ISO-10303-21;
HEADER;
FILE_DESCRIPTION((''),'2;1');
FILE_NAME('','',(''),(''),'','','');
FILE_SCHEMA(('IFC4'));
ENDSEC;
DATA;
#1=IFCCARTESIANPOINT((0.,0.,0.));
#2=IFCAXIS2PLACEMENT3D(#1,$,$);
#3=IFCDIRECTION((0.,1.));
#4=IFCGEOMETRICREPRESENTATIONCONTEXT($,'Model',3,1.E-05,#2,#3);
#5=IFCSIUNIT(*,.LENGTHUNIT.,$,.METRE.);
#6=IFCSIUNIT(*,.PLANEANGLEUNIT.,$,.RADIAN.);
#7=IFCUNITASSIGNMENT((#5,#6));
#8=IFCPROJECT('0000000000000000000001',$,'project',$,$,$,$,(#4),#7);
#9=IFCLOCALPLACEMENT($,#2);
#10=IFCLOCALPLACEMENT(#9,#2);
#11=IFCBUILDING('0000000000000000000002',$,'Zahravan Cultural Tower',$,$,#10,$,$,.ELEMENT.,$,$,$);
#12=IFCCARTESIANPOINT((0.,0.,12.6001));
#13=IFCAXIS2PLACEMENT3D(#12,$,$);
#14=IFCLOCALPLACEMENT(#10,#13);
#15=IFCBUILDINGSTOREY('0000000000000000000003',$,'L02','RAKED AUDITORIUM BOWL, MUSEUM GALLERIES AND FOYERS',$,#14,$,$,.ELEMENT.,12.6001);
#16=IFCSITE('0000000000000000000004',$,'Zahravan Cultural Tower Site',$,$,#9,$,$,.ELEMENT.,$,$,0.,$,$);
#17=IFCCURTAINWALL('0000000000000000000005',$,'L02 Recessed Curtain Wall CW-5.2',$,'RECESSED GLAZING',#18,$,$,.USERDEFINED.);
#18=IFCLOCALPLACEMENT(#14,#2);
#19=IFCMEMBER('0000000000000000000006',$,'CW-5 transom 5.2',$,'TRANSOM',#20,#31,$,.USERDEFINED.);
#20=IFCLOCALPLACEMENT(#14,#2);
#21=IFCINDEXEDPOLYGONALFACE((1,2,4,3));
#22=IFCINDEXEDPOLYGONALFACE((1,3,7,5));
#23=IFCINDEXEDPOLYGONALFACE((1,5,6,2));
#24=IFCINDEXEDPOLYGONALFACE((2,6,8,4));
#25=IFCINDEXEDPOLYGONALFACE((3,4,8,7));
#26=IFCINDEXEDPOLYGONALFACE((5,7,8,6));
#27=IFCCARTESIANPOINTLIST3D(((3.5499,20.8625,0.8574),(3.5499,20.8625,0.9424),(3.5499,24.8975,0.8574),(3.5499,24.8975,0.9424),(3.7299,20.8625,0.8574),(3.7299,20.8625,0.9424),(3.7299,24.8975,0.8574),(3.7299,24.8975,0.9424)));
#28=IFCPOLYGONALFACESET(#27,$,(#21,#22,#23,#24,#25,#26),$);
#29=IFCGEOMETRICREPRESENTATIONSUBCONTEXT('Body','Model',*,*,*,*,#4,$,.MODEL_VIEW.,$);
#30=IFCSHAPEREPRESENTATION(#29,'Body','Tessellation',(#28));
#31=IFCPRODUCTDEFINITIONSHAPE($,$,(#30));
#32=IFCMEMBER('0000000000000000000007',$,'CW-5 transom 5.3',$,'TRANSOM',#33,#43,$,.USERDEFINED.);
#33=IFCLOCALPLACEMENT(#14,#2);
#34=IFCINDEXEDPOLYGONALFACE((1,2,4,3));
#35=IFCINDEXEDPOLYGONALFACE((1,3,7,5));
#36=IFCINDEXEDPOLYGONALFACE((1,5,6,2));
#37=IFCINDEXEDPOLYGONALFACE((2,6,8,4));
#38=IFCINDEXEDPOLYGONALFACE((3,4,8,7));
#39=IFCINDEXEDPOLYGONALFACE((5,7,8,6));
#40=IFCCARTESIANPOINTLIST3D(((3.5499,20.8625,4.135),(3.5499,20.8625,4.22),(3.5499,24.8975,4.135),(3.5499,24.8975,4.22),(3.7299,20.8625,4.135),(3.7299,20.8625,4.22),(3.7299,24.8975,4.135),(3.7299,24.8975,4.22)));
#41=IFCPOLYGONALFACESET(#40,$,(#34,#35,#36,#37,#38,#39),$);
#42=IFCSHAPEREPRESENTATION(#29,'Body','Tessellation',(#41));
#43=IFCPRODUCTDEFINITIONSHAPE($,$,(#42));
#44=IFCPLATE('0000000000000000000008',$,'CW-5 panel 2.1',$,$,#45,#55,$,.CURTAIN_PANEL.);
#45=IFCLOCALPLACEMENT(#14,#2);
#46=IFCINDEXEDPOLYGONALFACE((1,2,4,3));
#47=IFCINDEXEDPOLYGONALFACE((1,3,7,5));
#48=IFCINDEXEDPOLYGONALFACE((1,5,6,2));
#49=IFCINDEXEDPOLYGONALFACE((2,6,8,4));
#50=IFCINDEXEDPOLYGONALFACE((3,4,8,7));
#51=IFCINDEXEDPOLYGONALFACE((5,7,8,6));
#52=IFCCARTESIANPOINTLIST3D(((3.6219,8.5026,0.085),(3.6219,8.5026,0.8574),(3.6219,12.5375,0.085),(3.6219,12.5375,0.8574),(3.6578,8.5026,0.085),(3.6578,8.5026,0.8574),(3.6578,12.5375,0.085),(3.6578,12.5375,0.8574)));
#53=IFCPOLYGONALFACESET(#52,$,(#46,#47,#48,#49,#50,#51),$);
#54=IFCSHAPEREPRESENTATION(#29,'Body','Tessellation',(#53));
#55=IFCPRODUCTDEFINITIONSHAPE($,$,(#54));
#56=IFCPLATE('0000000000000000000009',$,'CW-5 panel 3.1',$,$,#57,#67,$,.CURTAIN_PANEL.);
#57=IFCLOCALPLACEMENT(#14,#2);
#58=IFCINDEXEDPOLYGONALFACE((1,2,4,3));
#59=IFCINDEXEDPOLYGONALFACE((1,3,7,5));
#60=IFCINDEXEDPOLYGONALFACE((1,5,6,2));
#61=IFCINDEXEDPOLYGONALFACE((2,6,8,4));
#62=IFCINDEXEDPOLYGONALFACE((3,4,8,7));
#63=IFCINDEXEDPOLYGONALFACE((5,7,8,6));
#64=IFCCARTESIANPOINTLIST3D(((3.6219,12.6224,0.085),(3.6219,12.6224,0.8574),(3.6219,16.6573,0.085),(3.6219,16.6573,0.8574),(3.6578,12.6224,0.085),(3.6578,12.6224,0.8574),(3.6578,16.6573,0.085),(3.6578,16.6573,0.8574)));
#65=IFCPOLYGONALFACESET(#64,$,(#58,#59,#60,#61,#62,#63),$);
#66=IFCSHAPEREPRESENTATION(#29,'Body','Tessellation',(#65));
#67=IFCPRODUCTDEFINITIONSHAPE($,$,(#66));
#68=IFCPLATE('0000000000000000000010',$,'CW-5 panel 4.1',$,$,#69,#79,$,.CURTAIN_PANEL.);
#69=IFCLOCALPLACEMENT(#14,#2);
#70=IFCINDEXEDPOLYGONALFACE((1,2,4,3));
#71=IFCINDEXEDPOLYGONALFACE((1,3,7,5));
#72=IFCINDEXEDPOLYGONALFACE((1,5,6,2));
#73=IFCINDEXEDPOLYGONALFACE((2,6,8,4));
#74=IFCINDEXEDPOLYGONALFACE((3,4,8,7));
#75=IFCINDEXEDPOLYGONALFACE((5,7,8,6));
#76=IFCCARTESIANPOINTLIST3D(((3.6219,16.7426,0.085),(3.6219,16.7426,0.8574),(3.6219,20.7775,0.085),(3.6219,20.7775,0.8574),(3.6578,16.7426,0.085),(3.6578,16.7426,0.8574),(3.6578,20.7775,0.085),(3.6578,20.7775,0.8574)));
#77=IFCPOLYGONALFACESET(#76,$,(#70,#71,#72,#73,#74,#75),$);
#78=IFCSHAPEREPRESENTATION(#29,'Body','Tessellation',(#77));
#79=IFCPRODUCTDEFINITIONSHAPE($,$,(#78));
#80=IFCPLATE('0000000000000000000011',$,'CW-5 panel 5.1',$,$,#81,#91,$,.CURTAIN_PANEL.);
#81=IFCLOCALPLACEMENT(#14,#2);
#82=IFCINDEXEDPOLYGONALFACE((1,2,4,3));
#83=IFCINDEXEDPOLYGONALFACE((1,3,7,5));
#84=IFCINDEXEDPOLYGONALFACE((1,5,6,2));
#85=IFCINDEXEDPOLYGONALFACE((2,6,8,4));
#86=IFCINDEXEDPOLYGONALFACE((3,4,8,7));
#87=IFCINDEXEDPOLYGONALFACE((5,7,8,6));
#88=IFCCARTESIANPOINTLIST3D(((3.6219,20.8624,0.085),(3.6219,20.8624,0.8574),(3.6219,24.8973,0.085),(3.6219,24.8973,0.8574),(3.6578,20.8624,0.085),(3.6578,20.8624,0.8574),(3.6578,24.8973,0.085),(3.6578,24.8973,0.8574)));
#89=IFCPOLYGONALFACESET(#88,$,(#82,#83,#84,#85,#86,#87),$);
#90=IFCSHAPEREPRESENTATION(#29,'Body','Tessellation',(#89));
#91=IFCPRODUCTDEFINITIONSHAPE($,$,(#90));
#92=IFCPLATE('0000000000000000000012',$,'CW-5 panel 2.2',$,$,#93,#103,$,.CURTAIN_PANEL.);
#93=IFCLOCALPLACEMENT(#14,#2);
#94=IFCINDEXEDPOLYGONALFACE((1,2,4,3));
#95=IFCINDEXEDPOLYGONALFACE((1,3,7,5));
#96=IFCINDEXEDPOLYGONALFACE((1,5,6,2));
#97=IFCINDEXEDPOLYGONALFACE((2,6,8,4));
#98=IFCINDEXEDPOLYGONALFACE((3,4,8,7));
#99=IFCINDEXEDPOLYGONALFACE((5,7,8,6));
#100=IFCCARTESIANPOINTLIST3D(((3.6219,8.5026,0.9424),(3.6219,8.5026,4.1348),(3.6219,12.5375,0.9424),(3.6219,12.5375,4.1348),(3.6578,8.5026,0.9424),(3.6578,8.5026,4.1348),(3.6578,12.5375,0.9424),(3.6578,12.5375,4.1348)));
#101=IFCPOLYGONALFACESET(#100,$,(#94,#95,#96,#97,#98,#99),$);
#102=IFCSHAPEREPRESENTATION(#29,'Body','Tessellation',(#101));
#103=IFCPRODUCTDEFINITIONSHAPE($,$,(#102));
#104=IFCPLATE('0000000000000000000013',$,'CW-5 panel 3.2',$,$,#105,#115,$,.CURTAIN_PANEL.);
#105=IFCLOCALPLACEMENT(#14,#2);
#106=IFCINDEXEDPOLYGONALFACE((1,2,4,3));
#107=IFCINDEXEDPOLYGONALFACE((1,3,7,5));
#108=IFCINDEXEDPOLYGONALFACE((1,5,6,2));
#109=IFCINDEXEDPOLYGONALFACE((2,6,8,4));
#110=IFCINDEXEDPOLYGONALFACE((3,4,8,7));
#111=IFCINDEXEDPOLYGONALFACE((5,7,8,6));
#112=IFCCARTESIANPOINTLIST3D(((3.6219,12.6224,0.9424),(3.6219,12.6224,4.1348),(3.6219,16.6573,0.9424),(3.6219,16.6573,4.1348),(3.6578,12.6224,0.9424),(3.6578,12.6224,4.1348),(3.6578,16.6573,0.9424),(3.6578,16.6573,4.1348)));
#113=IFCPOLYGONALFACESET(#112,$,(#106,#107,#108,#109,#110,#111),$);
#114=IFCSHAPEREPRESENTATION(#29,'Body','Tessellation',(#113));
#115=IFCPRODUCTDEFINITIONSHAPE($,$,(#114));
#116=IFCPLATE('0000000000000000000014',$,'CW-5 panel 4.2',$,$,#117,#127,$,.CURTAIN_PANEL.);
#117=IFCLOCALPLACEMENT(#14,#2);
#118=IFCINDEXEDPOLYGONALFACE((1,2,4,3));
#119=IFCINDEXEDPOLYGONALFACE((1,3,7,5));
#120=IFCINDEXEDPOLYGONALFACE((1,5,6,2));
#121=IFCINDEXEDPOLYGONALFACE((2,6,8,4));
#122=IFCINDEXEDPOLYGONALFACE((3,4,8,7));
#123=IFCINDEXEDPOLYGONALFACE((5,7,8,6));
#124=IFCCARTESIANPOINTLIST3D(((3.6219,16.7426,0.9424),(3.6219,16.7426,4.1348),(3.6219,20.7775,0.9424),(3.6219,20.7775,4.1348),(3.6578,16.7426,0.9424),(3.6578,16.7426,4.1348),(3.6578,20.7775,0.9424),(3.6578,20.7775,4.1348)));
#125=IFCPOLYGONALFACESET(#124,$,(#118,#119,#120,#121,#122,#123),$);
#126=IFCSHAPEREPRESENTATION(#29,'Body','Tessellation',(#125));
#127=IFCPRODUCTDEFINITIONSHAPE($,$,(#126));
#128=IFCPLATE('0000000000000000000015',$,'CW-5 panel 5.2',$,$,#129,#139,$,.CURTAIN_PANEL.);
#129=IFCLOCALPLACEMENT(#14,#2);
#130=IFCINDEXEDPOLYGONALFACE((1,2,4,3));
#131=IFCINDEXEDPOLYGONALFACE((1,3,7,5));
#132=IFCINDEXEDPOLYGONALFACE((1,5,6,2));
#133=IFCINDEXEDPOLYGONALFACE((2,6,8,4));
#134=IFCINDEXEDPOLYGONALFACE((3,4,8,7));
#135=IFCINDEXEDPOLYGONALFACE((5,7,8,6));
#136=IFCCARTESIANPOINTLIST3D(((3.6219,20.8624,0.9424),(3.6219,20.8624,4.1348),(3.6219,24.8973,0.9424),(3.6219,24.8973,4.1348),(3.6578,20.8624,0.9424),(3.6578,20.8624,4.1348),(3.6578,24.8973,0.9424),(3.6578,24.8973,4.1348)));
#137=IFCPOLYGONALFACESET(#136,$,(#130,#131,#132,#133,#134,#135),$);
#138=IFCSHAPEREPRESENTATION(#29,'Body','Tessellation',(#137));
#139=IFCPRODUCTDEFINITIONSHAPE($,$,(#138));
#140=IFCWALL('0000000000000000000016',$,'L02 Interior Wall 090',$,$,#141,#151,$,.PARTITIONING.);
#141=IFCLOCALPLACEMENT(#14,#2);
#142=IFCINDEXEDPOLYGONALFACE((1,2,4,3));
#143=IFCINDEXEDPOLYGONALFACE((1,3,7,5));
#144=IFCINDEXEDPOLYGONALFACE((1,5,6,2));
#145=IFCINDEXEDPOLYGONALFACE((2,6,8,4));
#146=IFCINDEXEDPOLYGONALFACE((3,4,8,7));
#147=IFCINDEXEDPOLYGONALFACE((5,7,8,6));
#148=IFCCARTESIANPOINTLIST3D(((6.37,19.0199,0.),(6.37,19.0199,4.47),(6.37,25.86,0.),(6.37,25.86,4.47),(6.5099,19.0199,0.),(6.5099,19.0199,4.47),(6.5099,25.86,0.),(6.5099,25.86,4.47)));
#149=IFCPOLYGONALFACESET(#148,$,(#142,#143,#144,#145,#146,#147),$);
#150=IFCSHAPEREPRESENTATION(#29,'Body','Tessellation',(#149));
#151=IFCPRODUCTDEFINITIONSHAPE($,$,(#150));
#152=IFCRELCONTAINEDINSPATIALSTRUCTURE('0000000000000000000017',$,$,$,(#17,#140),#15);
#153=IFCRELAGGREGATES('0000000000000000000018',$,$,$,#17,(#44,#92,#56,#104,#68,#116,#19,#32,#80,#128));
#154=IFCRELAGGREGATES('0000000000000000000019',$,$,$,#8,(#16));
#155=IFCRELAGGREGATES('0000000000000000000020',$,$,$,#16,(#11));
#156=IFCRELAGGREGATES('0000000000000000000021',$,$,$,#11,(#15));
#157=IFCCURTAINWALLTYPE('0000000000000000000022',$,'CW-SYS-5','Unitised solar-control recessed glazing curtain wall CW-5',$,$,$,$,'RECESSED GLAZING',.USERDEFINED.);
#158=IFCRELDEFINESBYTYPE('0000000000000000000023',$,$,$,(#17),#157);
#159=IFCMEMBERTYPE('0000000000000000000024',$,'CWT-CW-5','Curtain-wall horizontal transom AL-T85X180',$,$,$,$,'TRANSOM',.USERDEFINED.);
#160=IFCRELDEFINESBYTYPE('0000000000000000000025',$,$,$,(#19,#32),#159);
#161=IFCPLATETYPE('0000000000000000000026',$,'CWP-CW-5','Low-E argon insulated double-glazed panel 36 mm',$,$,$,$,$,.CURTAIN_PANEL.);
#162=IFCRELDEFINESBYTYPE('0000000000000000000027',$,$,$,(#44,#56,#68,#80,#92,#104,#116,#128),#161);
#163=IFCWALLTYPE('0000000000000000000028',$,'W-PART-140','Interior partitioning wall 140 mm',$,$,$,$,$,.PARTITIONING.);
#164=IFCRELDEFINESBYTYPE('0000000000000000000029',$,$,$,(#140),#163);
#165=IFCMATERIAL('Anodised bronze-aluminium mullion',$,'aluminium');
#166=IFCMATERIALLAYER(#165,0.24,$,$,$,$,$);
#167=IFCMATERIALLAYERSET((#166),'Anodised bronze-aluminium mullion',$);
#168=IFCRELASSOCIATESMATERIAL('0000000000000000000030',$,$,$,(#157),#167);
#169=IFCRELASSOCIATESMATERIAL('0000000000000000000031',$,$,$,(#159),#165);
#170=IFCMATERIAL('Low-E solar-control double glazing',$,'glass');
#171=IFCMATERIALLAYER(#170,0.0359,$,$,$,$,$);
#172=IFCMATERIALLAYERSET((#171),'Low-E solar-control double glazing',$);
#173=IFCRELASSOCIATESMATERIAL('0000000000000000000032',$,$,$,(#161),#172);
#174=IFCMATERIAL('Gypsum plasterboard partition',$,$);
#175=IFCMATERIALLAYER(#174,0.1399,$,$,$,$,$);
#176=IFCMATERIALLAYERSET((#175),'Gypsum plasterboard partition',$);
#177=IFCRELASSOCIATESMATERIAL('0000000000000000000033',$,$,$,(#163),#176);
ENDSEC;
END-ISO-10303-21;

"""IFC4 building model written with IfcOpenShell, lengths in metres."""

from ifc_helpers import new_model, si_unit, direction, frame, frame_2d, origin, origin_2d, place, context, subcontext, project, spatial, rectangle, extrude, source, transform, mapped, material, layer, layer_set, material_profile, profile_set, type_object, element, aggregate, save


model = new_model("IFC4")

# Units and contexts
model_context = context("Model", 3, precision=1e-05, world=origin(), true_north=direction((0.0, 1.0)))
body_context = subcontext(model_context, "Body", "Model", "MODEL_VIEW")
ifc_project = project(units=[si_unit("LENGTHUNIT", "METRE"), si_unit("PLANEANGLEUNIT", "RADIAN")], contexts=[model_context])

# Site, building, storey
site_placement = place(None, origin())
site = spatial("IfcSite", under=ifc_project, at=site_placement, Name="Zahravan Cultural Tower Site", CompositionType="ELEMENT", RefElevation=0.0)
building_placement = place(site_placement, origin())
building = spatial("IfcBuilding", under=site, at=building_placement, Name="Zahravan Cultural Tower", CompositionType="ELEMENT")
storey_placement = place(building_placement, frame((0.0, 0.0, 12.6001)))
storey = spatial("IfcBuildingStorey", under=building, at=storey_placement, Name="L02", Description="RAKED AUDITORIUM BOWL, MUSEUM GALLERIES AND FOYERS", CompositionType="ELEMENT", Elevation=12.6001)

# Curtain wall, members, plates
ifc_material_1 = material(Name="Anodised bronze-aluminium mullion", Category="aluminium")
ifc_layer_1 = layer(ifc_material_1, 0.24)
ifc_layer_set_1 = layer_set([ifc_layer_1], Name="Anodised bronze-aluminium mullion")
curtain_wall_type = type_object("IfcCurtainWallType", Name="CW-SYS-5", Description="Unitised solar-control recessed glazing curtain wall CW-5", ElementType="RECESSED GLAZING", PredefinedType="USERDEFINED", material=ifc_layer_set_1)
curtain_wall_placement = place(storey_placement, origin())
curtain_wall = element("IfcCurtainWall", 1, at=curtain_wall_placement, inside=storey, type_object=curtain_wall_type, Name="L02 Recessed Curtain Wall CW-5.2", ObjectType="RECESSED GLAZING", PredefinedType="USERDEFINED")
ifc_material_profile_1 = material_profile(ifc_material_1, rectangle(XDim=0.1799, YDim=0.085, at=origin_2d()), Name="AL-T85X180")
ifc_profile_set_1 = profile_set([ifc_material_profile_1], Name="Anodised bronze-aluminium mullion")
member_type_1 = type_object("IfcMemberType", Name="CWT-CW-5", Description="Curtain-wall horizontal transom AL-T85X180", ElementType="TRANSOM", PredefinedType="USERDEFINED", material=ifc_profile_set_1)
shared_shape_1 = source(origin(), body_context, "Body", "SweptSolid", [
    extrude(rectangle(XDim=0.1799, YDim=0.085, at=origin_2d()), origin(), (0.0, 0.0, 1.0), 4.0349),
])
member_1_placement = place(storey_placement, frame((3.6399, 20.8625, 0.8999), z_axis=(0.0, 1.0, 0.0), x_axis=(-1.0, 0.0, 0.0)))
member_1 = element("IfcMember", 2, at=member_1_placement, type_object=member_type_1, Name="CW-5 transom 5.2", ObjectType="TRANSOM", PredefinedType="USERDEFINED", context=body_context, shape_type="MappedRepresentation", body=[
    mapped(shared_shape_1, transform((0.0, 0.0, 0.0), x_axis=(1.0, 0.0, 0.0), y_axis=(0.0, 1.0, 0.0), z_axis=(0.0, 0.0, 1.0), scale=1.0)),
])
member_2_placement = place(storey_placement, frame((3.6399, 20.8625, 4.1775), z_axis=(0.0, 1.0, 0.0), x_axis=(-1.0, 0.0, 0.0)))
member_2 = element("IfcMember", 3, at=member_2_placement, type_object=member_type_1, Name="CW-5 transom 5.3", ObjectType="TRANSOM", PredefinedType="USERDEFINED", context=body_context, shape_type="MappedRepresentation", body=[
    mapped(shared_shape_1, transform((0.0, 0.0, 0.0), x_axis=(1.0, 0.0, 0.0), y_axis=(0.0, 1.0, 0.0), z_axis=(0.0, 0.0, 1.0), scale=1.0)),
])
ifc_material_2 = material(Name="Low-E solar-control double glazing", Category="glass")
ifc_layer_2 = layer(ifc_material_2, 0.0359)
ifc_layer_set_2 = layer_set([ifc_layer_2], Name="Low-E solar-control double glazing")
plate_type = type_object("IfcPlateType", Name="CWP-CW-5", Description="Low-E argon insulated double-glazed panel 36 mm", PredefinedType="CURTAIN_PANEL", material=ifc_layer_set_2)
shared_shape_2 = source(origin(), body_context, "Body", "SweptSolid", [
    extrude(rectangle(XDim=4.0349, YDim=0.0359, at=origin_2d()), origin(), (0.0, 0.0, 1.0), 0.7725),
])
plate_1_placement = place(storey_placement, frame((3.6399, 10.52, 0.085), z_axis=(0.0, 0.0, 1.0), x_axis=(0.0, 1.0, 0.0)))
plate_1 = element("IfcPlate", 4, at=plate_1_placement, type_object=plate_type, Name="CW-5 panel 2.1", PredefinedType="CURTAIN_PANEL", context=body_context, shape_type="MappedRepresentation", body=[
    mapped(shared_shape_2, transform((0.0, 0.0, 0.0), x_axis=(1.0, 0.0, 0.0), y_axis=(0.0, 1.0, 0.0), z_axis=(0.0, 0.0, 1.0), scale=1.0)),
])
plate_2_placement = place(storey_placement, frame((3.6399, 14.6399, 0.085), z_axis=(0.0, 0.0, 1.0), x_axis=(0.0, 1.0, 0.0)))
plate_2 = element("IfcPlate", 5, at=plate_2_placement, type_object=plate_type, Name="CW-5 panel 3.1", PredefinedType="CURTAIN_PANEL", context=body_context, shape_type="MappedRepresentation", body=[
    mapped(shared_shape_2, transform((0.0, 0.0, 0.0), x_axis=(1.0, 0.0, 0.0), y_axis=(0.0, 1.0, 0.0), z_axis=(0.0, 0.0, 1.0), scale=1.0)),
])
plate_3_placement = place(storey_placement, frame((3.6399, 18.76, 0.085), z_axis=(0.0, 0.0, 1.0), x_axis=(0.0, 1.0, 0.0)))
plate_3 = element("IfcPlate", 6, at=plate_3_placement, type_object=plate_type, Name="CW-5 panel 4.1", PredefinedType="CURTAIN_PANEL", context=body_context, shape_type="MappedRepresentation", body=[
    mapped(shared_shape_2, transform((0.0, 0.0, 0.0), x_axis=(1.0, 0.0, 0.0), y_axis=(0.0, 1.0, 0.0), z_axis=(0.0, 0.0, 1.0), scale=1.0)),
])
plate_4_placement = place(storey_placement, frame((3.6399, 22.8799, 0.085), z_axis=(0.0, 0.0, 1.0), x_axis=(0.0, 1.0, 0.0)))
plate_4 = element("IfcPlate", 7, at=plate_4_placement, type_object=plate_type, Name="CW-5 panel 5.1", PredefinedType="CURTAIN_PANEL", context=body_context, shape_type="MappedRepresentation", body=[
    mapped(shared_shape_2, transform((0.0, 0.0, 0.0), x_axis=(1.0, 0.0, 0.0), y_axis=(0.0, 1.0, 0.0), z_axis=(0.0, 0.0, 1.0), scale=1.0)),
])
shared_shape_3 = source(origin(), body_context, "Body", "SweptSolid", [
    extrude(rectangle(XDim=4.0349, YDim=0.0359, at=origin_2d()), origin(), (0.0, 0.0, 1.0), 3.1924),
])
plate_5_placement = place(storey_placement, frame((3.6399, 10.52, 0.9424), z_axis=(0.0, 0.0, 1.0), x_axis=(0.0, 1.0, 0.0)))
plate_5 = element("IfcPlate", 8, at=plate_5_placement, type_object=plate_type, Name="CW-5 panel 2.2", PredefinedType="CURTAIN_PANEL", context=body_context, shape_type="MappedRepresentation", body=[
    mapped(shared_shape_3, transform((0.0, 0.0, 0.0), x_axis=(1.0, 0.0, 0.0), y_axis=(0.0, 1.0, 0.0), z_axis=(0.0, 0.0, 1.0), scale=1.0)),
])
plate_6_placement = place(storey_placement, frame((3.6399, 14.6399, 0.9424), z_axis=(0.0, 0.0, 1.0), x_axis=(0.0, 1.0, 0.0)))
plate_6 = element("IfcPlate", 9, at=plate_6_placement, type_object=plate_type, Name="CW-5 panel 3.2", PredefinedType="CURTAIN_PANEL", context=body_context, shape_type="MappedRepresentation", body=[
    mapped(shared_shape_3, transform((0.0, 0.0, 0.0), x_axis=(1.0, 0.0, 0.0), y_axis=(0.0, 1.0, 0.0), z_axis=(0.0, 0.0, 1.0), scale=1.0)),
])
plate_7_placement = place(storey_placement, frame((3.6399, 18.76, 0.9424), z_axis=(0.0, 0.0, 1.0), x_axis=(0.0, 1.0, 0.0)))
plate_7 = element("IfcPlate", 10, at=plate_7_placement, type_object=plate_type, Name="CW-5 panel 4.2", PredefinedType="CURTAIN_PANEL", context=body_context, shape_type="MappedRepresentation", body=[
    mapped(shared_shape_3, transform((0.0, 0.0, 0.0), x_axis=(1.0, 0.0, 0.0), y_axis=(0.0, 1.0, 0.0), z_axis=(0.0, 0.0, 1.0), scale=1.0)),
])
plate_8_placement = place(storey_placement, frame((3.6399, 22.8799, 0.9424), z_axis=(0.0, 0.0, 1.0), x_axis=(0.0, 1.0, 0.0)))
plate_8 = element("IfcPlate", 11, at=plate_8_placement, type_object=plate_type, Name="CW-5 panel 5.2", PredefinedType="CURTAIN_PANEL", context=body_context, shape_type="MappedRepresentation", body=[
    mapped(shared_shape_3, transform((0.0, 0.0, 0.0), x_axis=(1.0, 0.0, 0.0), y_axis=(0.0, 1.0, 0.0), z_axis=(0.0, 0.0, 1.0), scale=1.0)),
])
aggregate(curtain_wall, [plate_1, plate_5, plate_2, plate_6, plate_3, plate_7, member_1, member_2, plate_4, plate_8])

# Wall
ifc_material_3 = material(Name="Gypsum plasterboard partition")
ifc_layer_3 = layer(ifc_material_3, 0.1399)
ifc_layer_set_3 = layer_set([ifc_layer_3], Name="Gypsum plasterboard partition")
wall_type = type_object("IfcWallType", Name="W-PART-140", Description="Interior partitioning wall 140 mm", PredefinedType="PARTITIONING", material=ifc_layer_set_3)
shared_shape_4 = source(origin(), body_context, "Body", "SweptSolid", [
    extrude(rectangle(XDim=6.8401, YDim=0.1399, at=frame_2d((3.4199, 0.0))), origin(), (0.0, 0.0, 1.0), 4.47),
])
wall_placement = place(storey_placement, frame((6.4399, 19.02, 0.0), z_axis=(0.0, 0.0, 1.0), x_axis=(0.0, 1.0, 0.0)))
element("IfcWall", 12, at=wall_placement, inside=storey, type_object=wall_type, Name="L02 Interior Wall 090", PredefinedType="PARTITIONING", context=body_context, shape_type="MappedRepresentation", body=[
    mapped(shared_shape_4, transform((0.0, 0.0, 0.0), x_axis=(1.0, 0.0, 0.0), y_axis=(0.0, 1.0, 0.0), z_axis=(0.0, 0.0, 1.0), scale=1.0)),
])

save(model, "model.ifc")
